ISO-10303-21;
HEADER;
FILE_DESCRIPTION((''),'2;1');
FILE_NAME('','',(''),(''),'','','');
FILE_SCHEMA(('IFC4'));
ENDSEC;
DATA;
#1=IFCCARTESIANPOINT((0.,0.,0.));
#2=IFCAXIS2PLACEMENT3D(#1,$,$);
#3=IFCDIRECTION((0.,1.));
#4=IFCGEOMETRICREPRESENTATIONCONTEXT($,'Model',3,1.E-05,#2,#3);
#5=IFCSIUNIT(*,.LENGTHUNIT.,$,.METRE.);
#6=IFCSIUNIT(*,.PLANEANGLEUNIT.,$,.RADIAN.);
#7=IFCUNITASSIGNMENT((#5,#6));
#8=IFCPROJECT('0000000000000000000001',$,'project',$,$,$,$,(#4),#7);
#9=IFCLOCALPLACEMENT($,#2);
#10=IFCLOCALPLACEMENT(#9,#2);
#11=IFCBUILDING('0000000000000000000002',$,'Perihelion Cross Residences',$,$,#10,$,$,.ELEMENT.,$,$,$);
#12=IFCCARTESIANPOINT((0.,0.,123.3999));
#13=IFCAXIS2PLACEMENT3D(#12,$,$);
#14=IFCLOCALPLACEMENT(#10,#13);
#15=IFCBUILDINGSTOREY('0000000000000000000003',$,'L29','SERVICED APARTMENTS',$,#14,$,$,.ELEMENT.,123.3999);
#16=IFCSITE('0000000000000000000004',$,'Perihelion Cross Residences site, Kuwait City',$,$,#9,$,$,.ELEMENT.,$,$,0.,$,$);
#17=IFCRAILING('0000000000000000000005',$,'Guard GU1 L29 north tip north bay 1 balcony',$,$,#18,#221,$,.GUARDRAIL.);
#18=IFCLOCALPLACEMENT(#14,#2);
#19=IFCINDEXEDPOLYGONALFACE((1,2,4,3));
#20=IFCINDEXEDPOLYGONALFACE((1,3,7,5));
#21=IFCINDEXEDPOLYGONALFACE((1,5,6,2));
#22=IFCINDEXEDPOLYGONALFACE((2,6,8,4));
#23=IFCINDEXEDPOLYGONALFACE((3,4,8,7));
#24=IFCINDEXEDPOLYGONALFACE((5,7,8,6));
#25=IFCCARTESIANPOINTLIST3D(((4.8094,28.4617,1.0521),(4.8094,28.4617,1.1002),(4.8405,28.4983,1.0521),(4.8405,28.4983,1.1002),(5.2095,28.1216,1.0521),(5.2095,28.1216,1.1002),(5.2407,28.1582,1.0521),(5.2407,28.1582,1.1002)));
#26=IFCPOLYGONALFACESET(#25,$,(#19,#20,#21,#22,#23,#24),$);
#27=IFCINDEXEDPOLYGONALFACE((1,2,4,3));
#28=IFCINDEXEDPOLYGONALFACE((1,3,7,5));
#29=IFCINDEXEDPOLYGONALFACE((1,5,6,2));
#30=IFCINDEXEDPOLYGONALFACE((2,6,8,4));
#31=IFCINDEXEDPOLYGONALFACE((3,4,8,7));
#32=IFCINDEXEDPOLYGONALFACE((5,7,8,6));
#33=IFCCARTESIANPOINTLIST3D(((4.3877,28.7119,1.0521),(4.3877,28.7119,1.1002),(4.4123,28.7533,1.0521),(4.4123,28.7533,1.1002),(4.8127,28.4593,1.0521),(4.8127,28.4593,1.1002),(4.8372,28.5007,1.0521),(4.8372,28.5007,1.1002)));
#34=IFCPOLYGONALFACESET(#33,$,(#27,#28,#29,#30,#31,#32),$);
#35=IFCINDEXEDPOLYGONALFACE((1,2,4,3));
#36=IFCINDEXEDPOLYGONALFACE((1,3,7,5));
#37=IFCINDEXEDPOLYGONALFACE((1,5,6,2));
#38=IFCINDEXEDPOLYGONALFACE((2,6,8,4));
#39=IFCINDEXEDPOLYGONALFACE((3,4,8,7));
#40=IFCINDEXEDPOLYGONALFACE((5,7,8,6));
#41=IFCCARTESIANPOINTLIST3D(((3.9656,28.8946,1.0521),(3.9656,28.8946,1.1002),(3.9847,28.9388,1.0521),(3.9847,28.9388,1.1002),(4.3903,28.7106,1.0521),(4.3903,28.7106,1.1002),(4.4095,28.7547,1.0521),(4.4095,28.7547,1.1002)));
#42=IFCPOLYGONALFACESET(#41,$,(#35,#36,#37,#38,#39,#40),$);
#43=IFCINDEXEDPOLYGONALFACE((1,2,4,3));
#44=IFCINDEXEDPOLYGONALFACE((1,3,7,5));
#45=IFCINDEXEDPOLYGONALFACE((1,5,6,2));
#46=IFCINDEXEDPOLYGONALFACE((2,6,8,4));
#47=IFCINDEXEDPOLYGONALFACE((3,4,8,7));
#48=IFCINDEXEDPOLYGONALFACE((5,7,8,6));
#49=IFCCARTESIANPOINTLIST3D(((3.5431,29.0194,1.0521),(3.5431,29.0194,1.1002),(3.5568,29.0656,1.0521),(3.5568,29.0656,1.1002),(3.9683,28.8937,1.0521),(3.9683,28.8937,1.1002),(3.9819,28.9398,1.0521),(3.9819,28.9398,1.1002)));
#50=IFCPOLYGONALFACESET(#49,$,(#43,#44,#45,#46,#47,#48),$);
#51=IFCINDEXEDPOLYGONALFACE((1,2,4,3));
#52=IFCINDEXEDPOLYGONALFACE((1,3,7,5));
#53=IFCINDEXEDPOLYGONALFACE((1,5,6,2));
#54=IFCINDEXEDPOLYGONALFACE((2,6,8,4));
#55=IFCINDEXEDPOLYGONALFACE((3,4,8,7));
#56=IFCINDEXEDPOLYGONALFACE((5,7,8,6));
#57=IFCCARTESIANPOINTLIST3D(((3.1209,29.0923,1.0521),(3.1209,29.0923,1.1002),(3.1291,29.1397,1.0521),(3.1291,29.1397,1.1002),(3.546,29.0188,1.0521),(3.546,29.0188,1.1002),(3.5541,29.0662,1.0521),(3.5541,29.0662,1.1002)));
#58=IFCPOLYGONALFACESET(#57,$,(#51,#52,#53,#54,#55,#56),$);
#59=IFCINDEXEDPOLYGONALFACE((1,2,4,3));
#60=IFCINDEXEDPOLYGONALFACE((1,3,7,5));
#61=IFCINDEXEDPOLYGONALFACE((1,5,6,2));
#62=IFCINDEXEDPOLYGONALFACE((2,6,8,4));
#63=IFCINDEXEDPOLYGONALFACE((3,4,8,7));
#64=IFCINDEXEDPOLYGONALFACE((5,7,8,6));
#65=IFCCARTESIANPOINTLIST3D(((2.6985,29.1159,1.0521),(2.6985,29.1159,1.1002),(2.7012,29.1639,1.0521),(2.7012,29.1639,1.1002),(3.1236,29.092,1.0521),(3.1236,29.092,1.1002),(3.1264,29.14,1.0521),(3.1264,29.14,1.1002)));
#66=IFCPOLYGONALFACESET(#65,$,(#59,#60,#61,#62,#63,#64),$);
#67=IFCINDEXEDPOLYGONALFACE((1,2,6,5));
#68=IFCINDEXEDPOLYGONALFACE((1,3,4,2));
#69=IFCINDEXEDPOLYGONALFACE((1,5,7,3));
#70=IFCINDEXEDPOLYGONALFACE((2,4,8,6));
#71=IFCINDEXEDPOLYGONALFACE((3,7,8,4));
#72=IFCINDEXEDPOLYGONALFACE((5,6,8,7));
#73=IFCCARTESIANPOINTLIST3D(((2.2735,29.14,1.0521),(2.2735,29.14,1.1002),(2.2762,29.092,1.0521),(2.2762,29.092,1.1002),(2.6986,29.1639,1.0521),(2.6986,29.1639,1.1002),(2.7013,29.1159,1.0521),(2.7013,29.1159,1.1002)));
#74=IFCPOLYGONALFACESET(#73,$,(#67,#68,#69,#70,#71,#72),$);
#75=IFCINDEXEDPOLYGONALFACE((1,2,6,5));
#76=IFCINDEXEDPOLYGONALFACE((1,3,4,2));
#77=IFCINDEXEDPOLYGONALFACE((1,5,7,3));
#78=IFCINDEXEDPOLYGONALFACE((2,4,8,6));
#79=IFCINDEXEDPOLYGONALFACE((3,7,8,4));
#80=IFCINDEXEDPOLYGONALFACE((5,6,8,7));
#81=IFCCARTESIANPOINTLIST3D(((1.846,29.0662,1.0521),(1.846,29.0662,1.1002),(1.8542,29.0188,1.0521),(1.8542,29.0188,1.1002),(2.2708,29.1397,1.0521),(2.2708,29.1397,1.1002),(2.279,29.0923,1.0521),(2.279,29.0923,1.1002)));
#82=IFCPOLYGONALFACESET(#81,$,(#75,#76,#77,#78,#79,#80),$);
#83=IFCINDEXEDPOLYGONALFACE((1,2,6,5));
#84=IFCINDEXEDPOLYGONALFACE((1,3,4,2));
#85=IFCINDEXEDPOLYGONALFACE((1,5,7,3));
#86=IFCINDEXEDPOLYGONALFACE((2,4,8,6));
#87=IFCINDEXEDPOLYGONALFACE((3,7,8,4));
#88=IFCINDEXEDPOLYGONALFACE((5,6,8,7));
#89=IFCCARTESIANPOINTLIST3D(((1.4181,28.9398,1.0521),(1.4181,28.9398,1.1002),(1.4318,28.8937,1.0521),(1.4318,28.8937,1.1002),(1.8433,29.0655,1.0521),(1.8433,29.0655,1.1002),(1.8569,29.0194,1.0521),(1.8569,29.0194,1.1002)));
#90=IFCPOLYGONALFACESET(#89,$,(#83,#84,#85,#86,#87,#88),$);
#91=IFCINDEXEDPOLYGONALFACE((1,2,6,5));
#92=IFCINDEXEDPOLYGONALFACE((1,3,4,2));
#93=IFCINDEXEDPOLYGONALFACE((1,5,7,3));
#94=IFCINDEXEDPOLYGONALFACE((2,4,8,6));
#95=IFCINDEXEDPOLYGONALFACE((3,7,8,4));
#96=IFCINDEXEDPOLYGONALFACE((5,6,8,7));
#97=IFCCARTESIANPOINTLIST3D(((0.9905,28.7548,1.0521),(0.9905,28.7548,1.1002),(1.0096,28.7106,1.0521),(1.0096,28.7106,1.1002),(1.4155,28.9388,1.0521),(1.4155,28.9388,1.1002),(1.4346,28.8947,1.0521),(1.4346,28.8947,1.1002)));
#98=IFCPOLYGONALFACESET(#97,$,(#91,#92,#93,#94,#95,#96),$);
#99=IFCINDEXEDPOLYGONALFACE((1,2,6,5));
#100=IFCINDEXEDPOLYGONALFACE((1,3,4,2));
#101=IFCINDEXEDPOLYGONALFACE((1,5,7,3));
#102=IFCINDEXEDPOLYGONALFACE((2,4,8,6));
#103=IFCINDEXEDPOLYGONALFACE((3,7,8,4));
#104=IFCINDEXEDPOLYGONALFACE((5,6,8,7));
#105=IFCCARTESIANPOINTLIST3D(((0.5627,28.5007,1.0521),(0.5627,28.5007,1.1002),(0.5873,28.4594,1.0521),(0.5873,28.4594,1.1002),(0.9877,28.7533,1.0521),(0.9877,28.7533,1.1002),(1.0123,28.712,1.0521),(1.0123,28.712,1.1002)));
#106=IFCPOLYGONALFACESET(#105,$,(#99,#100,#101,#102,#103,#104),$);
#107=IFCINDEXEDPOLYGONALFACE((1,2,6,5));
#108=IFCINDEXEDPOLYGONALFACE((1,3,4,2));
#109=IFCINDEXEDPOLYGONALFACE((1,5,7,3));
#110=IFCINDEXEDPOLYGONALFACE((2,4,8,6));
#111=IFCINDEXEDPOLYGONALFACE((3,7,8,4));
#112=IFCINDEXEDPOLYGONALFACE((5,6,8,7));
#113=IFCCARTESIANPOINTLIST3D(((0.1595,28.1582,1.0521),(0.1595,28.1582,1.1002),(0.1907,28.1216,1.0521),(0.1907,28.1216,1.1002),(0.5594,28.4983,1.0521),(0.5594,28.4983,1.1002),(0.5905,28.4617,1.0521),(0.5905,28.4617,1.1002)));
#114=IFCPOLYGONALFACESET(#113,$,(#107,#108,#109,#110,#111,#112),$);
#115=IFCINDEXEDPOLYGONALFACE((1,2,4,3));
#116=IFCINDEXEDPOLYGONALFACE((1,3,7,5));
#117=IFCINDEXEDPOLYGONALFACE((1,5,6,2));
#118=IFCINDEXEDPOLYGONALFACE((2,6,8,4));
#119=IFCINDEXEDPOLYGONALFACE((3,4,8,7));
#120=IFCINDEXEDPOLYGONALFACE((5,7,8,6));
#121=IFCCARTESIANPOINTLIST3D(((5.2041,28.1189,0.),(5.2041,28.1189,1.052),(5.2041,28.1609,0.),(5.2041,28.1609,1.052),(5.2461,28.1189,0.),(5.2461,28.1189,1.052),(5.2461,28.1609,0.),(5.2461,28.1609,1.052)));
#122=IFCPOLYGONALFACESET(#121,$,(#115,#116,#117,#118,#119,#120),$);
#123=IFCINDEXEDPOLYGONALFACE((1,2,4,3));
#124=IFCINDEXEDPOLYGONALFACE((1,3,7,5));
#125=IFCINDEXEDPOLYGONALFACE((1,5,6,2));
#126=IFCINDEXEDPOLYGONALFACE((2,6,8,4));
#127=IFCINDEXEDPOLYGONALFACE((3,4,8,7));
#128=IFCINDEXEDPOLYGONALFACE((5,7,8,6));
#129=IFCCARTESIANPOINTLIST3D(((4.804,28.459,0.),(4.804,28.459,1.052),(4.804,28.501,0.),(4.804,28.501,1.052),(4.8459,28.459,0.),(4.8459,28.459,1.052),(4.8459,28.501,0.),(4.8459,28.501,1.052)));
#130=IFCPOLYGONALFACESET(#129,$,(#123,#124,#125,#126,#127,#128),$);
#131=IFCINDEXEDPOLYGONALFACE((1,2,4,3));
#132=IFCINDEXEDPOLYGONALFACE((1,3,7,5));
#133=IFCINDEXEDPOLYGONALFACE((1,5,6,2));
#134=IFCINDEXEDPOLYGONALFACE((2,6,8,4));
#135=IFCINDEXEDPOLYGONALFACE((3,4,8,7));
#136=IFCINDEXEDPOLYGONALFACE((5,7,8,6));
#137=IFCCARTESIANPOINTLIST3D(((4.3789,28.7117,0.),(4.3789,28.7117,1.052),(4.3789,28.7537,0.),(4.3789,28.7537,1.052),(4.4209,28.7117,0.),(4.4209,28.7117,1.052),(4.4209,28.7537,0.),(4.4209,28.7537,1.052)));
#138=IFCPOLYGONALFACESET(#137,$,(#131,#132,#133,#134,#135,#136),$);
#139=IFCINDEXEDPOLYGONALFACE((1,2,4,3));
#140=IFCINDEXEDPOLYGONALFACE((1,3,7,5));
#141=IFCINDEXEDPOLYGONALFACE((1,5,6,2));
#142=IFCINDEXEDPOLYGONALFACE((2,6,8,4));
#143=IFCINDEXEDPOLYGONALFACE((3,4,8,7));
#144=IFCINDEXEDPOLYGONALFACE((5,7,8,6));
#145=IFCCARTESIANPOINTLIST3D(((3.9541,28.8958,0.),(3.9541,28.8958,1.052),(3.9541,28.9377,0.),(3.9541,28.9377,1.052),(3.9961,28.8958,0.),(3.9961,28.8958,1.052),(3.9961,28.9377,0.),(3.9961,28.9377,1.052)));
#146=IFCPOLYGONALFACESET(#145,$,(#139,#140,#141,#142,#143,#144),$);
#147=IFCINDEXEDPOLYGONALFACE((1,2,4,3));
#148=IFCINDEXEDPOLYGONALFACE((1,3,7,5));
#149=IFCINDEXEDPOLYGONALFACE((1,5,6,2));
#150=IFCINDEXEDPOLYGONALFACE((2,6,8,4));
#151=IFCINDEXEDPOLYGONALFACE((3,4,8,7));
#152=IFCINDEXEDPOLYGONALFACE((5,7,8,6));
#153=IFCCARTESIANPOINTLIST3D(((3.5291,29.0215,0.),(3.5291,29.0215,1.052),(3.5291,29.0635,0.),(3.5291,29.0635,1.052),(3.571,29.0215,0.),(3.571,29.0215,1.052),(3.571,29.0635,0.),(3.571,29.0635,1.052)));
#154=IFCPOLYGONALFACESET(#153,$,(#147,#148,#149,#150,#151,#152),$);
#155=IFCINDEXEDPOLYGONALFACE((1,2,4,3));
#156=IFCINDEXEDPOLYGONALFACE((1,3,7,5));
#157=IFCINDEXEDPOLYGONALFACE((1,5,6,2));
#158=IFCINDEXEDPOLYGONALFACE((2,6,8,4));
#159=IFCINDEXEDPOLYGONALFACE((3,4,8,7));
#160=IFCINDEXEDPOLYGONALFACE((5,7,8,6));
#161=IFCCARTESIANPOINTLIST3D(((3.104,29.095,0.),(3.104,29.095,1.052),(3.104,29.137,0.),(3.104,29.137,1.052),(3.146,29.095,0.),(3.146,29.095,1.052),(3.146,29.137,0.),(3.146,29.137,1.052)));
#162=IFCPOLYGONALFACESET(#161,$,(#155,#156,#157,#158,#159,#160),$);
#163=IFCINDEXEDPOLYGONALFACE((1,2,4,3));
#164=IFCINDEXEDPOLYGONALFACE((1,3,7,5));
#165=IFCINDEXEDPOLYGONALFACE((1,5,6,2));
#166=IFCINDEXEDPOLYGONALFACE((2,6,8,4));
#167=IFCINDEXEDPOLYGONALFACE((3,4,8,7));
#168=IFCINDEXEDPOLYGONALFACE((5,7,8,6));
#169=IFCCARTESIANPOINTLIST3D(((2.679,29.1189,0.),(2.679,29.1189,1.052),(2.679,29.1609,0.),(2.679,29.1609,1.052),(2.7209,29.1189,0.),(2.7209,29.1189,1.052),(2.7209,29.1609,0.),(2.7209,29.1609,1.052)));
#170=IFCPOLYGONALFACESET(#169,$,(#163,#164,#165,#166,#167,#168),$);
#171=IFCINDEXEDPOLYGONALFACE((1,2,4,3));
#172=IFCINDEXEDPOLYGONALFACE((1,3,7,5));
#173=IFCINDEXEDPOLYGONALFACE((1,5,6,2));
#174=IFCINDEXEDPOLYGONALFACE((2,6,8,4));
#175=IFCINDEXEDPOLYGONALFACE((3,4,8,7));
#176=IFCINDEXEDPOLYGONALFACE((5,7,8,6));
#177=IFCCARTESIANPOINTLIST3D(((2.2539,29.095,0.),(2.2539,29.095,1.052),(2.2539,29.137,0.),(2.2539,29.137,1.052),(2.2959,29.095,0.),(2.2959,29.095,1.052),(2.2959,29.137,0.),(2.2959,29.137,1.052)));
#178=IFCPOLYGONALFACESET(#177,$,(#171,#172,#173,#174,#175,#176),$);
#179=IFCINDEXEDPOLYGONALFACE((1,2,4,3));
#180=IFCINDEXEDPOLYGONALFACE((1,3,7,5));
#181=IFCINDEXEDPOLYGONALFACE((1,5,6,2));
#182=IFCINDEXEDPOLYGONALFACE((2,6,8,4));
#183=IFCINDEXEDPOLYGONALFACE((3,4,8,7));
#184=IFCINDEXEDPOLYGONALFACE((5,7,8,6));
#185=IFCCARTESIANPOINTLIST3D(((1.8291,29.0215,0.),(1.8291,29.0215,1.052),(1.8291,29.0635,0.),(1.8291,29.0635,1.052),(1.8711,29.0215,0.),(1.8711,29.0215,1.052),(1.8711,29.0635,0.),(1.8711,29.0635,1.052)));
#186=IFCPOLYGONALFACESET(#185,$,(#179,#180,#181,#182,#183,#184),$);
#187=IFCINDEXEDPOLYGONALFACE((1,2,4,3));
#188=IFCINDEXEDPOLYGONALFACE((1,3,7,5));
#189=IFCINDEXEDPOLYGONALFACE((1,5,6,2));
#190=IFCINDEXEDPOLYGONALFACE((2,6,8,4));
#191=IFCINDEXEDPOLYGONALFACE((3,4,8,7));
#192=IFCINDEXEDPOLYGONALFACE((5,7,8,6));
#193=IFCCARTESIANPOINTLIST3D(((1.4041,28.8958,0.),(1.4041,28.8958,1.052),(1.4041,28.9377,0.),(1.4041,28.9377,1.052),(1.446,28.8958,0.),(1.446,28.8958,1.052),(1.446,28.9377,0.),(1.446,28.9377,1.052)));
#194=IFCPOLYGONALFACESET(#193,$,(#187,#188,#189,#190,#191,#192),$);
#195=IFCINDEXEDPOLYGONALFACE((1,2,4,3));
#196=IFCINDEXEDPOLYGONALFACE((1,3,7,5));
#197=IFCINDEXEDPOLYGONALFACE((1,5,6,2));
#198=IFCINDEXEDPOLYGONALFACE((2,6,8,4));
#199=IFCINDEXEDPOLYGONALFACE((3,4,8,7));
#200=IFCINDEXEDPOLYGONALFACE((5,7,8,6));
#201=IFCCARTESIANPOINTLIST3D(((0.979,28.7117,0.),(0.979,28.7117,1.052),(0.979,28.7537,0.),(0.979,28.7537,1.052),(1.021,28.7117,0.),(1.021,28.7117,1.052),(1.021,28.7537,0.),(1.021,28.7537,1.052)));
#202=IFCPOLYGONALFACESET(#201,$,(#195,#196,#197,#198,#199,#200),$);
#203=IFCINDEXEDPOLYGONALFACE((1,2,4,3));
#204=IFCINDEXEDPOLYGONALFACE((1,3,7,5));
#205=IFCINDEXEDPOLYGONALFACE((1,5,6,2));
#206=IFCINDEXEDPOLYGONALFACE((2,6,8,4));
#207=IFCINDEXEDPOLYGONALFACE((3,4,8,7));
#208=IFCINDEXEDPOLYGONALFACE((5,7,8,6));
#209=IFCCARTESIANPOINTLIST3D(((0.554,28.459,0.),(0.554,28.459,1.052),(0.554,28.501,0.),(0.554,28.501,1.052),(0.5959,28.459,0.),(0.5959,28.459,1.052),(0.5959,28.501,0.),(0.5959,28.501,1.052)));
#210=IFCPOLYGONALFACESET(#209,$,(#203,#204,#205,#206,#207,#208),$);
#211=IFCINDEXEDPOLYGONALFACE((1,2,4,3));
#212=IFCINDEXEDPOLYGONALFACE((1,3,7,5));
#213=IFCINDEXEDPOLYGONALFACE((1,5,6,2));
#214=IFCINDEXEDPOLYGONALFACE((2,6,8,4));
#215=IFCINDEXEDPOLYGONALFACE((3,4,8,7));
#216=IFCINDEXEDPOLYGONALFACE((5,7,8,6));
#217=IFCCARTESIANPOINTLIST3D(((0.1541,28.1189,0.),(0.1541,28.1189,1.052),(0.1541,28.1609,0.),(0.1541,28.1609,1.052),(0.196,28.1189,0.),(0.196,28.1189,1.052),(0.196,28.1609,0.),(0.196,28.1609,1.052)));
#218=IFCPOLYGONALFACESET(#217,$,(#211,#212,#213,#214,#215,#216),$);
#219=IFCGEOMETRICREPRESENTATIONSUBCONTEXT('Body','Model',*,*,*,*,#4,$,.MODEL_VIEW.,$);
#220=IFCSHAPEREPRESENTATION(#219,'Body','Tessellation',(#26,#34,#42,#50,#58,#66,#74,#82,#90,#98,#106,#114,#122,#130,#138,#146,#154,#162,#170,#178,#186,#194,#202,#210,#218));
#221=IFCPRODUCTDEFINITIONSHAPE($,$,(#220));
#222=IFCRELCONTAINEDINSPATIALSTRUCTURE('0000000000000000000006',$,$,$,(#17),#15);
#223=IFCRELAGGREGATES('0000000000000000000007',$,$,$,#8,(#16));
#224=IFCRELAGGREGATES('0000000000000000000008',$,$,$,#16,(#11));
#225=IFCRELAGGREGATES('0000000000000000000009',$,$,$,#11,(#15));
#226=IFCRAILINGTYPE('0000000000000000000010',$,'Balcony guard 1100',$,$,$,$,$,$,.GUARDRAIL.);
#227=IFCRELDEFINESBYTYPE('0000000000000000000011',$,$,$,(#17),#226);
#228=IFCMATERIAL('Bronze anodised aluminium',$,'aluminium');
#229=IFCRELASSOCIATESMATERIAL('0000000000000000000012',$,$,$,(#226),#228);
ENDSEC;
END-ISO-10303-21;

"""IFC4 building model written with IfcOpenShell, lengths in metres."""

from ifc_helpers import new_model, si_unit, direction, frame, origin, origin_2d, place, context, subcontext, project, spatial, rectangle, extrude, material, type_object, element, save


model = new_model("IFC4")

# Units and contexts
model_context = context("Model", 3, precision=1e-05, world=origin(), true_north=direction((0.0, 1.0)))
body_context = subcontext(model_context, "Body", "Model", "MODEL_VIEW")
ifc_project = project(units=[si_unit("LENGTHUNIT", "METRE"), si_unit("PLANEANGLEUNIT", "RADIAN")], contexts=[model_context])

# Site, building, storey
site_placement = place(None, origin())
site = spatial("IfcSite", under=ifc_project, at=site_placement, Name="Perihelion Cross Residences site, Kuwait City", CompositionType="ELEMENT", RefElevation=0.0)
building_placement = place(site_placement, origin())
building = spatial("IfcBuilding", under=site, at=building_placement, Name="Perihelion Cross Residences", CompositionType="ELEMENT")
storey_placement = place(building_placement, frame((0.0, 0.0, 123.3999)))
storey = spatial("IfcBuildingStorey", under=building, at=storey_placement, Name="L29", Description="SERVICED APARTMENTS", CompositionType="ELEMENT", Elevation=123.3999)

# Railing
ifc_material_1 = material(Name="Bronze anodised aluminium", Category="aluminium")
railing_type = type_object("IfcRailingType", Name="Balcony guard 1100", PredefinedType="GUARDRAIL", material=ifc_material_1)
railing_placement = place(storey_placement, frame((5.2251, 28.1399, 0.0)))
element("IfcRailing", 1, at=railing_placement, inside=storey, type_object=railing_type, Name="Guard GU1 L29 north tip north bay 1 balcony", PredefinedType="GUARDRAIL", context=body_context, shape_type="SweptSolid", body=[
    extrude(rectangle(XDim=0.0481, YDim=0.0481, at=origin_2d()), frame((0.0, 0.0, 1.0762), z_axis=(-0.761974, 0.647608, 0.0), x_axis=(-0.647608, -0.761974, 0.0)), (0.0, 0.0, 1.0), 0.5251),
    extrude(rectangle(XDim=0.0481, YDim=0.0481, at=origin_2d()), frame((-0.4001, 0.3401, 1.0762), z_axis=(-0.859577, 0.511006, 0.0), x_axis=(-0.511006, -0.859577, 0.0)), (0.0, 0.0, 1.0), 0.4944),
    extrude(rectangle(XDim=0.0481, YDim=0.0481, at=origin_2d()), frame((-0.8252, 0.5928, 1.0762), z_axis=(-0.917556, 0.397607, 0.0), x_axis=(-0.397607, -0.917556, 0.0)), (0.0, 0.0, 1.0), 0.4629),
    extrude(rectangle(XDim=0.0481, YDim=0.0481, at=origin_2d()), frame((-1.25, 0.7769, 1.0762), z_axis=(-0.958926, 0.283657, 0.0), x_axis=(-0.283657, -0.958926, 0.0)), (0.0, 0.0, 1.0), 0.4434),
    extrude(rectangle(XDim=0.0481, YDim=0.0481, at=origin_2d()), frame((-1.675, 0.9026, 1.0762), z_axis=(-0.985382, 0.170362, 0.0), x_axis=(-0.170362, -0.985382, 0.0)), (0.0, 0.0, 1.0), 0.4314),
    extrude(rectangle(XDim=0.0481, YDim=0.0481, at=origin_2d()), frame((-2.1001, 0.9761, 1.0762), z_axis=(-0.99842, 0.056201, 0.0), x_axis=(-0.056201, -0.99842, 0.0)), (0.0, 0.0, 1.0), 0.4258),
    extrude(rectangle(XDim=0.0481, YDim=0.0481, at=origin_2d()), frame((-2.5251, 1.0, 1.0762), z_axis=(-0.99842, -0.056201, 0.0), x_axis=(0.056201, -0.99842, 0.0)), (0.0, 0.0, 1.0), 0.4258),
    extrude(rectangle(XDim=0.0481, YDim=0.0481, at=origin_2d()), frame((-2.9502, 0.9761, 1.0762), z_axis=(-0.985365, -0.170457, 0.0), x_axis=(0.170457, -0.985365, 0.0)), (0.0, 0.0, 1.0), 0.4312),
    extrude(rectangle(XDim=0.0481, YDim=0.0481, at=origin_2d()), frame((-3.375, 0.9026, 1.0762), z_axis=(-0.958926, -0.283657, 0.0), x_axis=(0.283657, -0.958926, 0.0)), (0.0, 0.0, 1.0), 0.4434),
    extrude(rectangle(XDim=0.0481, YDim=0.0481, at=origin_2d()), frame((-3.8, 0.7769, 1.0762), z_axis=(-0.917639, -0.397415, 0.0), x_axis=(0.397415, -0.917639, 0.0)), (0.0, 0.0, 1.0), 0.4631),
    extrude(rectangle(XDim=0.0481, YDim=0.0481, at=origin_2d()), frame((-4.2251, 0.5928, 1.0762), z_axis=(-0.859577, -0.511006, 0.0), x_axis=(0.511006, -0.859577, 0.0)), (0.0, 0.0, 1.0), 0.4944),
    extrude(rectangle(XDim=0.0481, YDim=0.0481, at=origin_2d()), frame((-4.6501, 0.3401, 1.0762), z_axis=(-0.761779, -0.647837, 0.0), x_axis=(0.647837, -0.761779, 0.0)), (0.0, 0.0, 1.0), 0.5249),
    extrude(rectangle(XDim=0.042, YDim=0.042, at=origin_2d()), origin(), (0.0, 0.0, 1.0), 1.052),
    extrude(rectangle(XDim=0.042, YDim=0.042, at=origin_2d()), frame((-0.4001, 0.3401, 0.0)), (0.0, 0.0, 1.0), 1.052),
    extrude(rectangle(XDim=0.042, YDim=0.042, at=origin_2d()), frame((-0.8252, 0.5928, 0.0)), (0.0, 0.0, 1.0), 1.052),
    extrude(rectangle(XDim=0.042, YDim=0.042, at=origin_2d()), frame((-1.25, 0.7769, 0.0)), (0.0, 0.0, 1.0), 1.052),
    extrude(rectangle(XDim=0.042, YDim=0.042, at=origin_2d()), frame((-1.675, 0.9026, 0.0)), (0.0, 0.0, 1.0), 1.052),
    extrude(rectangle(XDim=0.042, YDim=0.042, at=origin_2d()), frame((-2.1001, 0.9761, 0.0)), (0.0, 0.0, 1.0), 1.052),
    extrude(rectangle(XDim=0.042, YDim=0.042, at=origin_2d()), frame((-2.5251, 1.0, 0.0)), (0.0, 0.0, 1.0), 1.052),
    extrude(rectangle(XDim=0.042, YDim=0.042, at=origin_2d()), frame((-2.9502, 0.9761, 0.0)), (0.0, 0.0, 1.0), 1.052),
    extrude(rectangle(XDim=0.042, YDim=0.042, at=origin_2d()), frame((-3.375, 0.9026, 0.0)), (0.0, 0.0, 1.0), 1.052),
    extrude(rectangle(XDim=0.042, YDim=0.042, at=origin_2d()), frame((-3.8, 0.7769, 0.0)), (0.0, 0.0, 1.0), 1.052),
    extrude(rectangle(XDim=0.042, YDim=0.042, at=origin_2d()), frame((-4.2251, 0.5928, 0.0)), (0.0, 0.0, 1.0), 1.052),
    extrude(rectangle(XDim=0.042, YDim=0.042, at=origin_2d()), frame((-4.6501, 0.3401, 0.0)), (0.0, 0.0, 1.0), 1.052),
    extrude(rectangle(XDim=0.042, YDim=0.042, at=origin_2d()), frame((-5.05, 0.0, 0.0)), (0.0, 0.0, 1.0), 1.052),
])

save(model, "model.ifc")
